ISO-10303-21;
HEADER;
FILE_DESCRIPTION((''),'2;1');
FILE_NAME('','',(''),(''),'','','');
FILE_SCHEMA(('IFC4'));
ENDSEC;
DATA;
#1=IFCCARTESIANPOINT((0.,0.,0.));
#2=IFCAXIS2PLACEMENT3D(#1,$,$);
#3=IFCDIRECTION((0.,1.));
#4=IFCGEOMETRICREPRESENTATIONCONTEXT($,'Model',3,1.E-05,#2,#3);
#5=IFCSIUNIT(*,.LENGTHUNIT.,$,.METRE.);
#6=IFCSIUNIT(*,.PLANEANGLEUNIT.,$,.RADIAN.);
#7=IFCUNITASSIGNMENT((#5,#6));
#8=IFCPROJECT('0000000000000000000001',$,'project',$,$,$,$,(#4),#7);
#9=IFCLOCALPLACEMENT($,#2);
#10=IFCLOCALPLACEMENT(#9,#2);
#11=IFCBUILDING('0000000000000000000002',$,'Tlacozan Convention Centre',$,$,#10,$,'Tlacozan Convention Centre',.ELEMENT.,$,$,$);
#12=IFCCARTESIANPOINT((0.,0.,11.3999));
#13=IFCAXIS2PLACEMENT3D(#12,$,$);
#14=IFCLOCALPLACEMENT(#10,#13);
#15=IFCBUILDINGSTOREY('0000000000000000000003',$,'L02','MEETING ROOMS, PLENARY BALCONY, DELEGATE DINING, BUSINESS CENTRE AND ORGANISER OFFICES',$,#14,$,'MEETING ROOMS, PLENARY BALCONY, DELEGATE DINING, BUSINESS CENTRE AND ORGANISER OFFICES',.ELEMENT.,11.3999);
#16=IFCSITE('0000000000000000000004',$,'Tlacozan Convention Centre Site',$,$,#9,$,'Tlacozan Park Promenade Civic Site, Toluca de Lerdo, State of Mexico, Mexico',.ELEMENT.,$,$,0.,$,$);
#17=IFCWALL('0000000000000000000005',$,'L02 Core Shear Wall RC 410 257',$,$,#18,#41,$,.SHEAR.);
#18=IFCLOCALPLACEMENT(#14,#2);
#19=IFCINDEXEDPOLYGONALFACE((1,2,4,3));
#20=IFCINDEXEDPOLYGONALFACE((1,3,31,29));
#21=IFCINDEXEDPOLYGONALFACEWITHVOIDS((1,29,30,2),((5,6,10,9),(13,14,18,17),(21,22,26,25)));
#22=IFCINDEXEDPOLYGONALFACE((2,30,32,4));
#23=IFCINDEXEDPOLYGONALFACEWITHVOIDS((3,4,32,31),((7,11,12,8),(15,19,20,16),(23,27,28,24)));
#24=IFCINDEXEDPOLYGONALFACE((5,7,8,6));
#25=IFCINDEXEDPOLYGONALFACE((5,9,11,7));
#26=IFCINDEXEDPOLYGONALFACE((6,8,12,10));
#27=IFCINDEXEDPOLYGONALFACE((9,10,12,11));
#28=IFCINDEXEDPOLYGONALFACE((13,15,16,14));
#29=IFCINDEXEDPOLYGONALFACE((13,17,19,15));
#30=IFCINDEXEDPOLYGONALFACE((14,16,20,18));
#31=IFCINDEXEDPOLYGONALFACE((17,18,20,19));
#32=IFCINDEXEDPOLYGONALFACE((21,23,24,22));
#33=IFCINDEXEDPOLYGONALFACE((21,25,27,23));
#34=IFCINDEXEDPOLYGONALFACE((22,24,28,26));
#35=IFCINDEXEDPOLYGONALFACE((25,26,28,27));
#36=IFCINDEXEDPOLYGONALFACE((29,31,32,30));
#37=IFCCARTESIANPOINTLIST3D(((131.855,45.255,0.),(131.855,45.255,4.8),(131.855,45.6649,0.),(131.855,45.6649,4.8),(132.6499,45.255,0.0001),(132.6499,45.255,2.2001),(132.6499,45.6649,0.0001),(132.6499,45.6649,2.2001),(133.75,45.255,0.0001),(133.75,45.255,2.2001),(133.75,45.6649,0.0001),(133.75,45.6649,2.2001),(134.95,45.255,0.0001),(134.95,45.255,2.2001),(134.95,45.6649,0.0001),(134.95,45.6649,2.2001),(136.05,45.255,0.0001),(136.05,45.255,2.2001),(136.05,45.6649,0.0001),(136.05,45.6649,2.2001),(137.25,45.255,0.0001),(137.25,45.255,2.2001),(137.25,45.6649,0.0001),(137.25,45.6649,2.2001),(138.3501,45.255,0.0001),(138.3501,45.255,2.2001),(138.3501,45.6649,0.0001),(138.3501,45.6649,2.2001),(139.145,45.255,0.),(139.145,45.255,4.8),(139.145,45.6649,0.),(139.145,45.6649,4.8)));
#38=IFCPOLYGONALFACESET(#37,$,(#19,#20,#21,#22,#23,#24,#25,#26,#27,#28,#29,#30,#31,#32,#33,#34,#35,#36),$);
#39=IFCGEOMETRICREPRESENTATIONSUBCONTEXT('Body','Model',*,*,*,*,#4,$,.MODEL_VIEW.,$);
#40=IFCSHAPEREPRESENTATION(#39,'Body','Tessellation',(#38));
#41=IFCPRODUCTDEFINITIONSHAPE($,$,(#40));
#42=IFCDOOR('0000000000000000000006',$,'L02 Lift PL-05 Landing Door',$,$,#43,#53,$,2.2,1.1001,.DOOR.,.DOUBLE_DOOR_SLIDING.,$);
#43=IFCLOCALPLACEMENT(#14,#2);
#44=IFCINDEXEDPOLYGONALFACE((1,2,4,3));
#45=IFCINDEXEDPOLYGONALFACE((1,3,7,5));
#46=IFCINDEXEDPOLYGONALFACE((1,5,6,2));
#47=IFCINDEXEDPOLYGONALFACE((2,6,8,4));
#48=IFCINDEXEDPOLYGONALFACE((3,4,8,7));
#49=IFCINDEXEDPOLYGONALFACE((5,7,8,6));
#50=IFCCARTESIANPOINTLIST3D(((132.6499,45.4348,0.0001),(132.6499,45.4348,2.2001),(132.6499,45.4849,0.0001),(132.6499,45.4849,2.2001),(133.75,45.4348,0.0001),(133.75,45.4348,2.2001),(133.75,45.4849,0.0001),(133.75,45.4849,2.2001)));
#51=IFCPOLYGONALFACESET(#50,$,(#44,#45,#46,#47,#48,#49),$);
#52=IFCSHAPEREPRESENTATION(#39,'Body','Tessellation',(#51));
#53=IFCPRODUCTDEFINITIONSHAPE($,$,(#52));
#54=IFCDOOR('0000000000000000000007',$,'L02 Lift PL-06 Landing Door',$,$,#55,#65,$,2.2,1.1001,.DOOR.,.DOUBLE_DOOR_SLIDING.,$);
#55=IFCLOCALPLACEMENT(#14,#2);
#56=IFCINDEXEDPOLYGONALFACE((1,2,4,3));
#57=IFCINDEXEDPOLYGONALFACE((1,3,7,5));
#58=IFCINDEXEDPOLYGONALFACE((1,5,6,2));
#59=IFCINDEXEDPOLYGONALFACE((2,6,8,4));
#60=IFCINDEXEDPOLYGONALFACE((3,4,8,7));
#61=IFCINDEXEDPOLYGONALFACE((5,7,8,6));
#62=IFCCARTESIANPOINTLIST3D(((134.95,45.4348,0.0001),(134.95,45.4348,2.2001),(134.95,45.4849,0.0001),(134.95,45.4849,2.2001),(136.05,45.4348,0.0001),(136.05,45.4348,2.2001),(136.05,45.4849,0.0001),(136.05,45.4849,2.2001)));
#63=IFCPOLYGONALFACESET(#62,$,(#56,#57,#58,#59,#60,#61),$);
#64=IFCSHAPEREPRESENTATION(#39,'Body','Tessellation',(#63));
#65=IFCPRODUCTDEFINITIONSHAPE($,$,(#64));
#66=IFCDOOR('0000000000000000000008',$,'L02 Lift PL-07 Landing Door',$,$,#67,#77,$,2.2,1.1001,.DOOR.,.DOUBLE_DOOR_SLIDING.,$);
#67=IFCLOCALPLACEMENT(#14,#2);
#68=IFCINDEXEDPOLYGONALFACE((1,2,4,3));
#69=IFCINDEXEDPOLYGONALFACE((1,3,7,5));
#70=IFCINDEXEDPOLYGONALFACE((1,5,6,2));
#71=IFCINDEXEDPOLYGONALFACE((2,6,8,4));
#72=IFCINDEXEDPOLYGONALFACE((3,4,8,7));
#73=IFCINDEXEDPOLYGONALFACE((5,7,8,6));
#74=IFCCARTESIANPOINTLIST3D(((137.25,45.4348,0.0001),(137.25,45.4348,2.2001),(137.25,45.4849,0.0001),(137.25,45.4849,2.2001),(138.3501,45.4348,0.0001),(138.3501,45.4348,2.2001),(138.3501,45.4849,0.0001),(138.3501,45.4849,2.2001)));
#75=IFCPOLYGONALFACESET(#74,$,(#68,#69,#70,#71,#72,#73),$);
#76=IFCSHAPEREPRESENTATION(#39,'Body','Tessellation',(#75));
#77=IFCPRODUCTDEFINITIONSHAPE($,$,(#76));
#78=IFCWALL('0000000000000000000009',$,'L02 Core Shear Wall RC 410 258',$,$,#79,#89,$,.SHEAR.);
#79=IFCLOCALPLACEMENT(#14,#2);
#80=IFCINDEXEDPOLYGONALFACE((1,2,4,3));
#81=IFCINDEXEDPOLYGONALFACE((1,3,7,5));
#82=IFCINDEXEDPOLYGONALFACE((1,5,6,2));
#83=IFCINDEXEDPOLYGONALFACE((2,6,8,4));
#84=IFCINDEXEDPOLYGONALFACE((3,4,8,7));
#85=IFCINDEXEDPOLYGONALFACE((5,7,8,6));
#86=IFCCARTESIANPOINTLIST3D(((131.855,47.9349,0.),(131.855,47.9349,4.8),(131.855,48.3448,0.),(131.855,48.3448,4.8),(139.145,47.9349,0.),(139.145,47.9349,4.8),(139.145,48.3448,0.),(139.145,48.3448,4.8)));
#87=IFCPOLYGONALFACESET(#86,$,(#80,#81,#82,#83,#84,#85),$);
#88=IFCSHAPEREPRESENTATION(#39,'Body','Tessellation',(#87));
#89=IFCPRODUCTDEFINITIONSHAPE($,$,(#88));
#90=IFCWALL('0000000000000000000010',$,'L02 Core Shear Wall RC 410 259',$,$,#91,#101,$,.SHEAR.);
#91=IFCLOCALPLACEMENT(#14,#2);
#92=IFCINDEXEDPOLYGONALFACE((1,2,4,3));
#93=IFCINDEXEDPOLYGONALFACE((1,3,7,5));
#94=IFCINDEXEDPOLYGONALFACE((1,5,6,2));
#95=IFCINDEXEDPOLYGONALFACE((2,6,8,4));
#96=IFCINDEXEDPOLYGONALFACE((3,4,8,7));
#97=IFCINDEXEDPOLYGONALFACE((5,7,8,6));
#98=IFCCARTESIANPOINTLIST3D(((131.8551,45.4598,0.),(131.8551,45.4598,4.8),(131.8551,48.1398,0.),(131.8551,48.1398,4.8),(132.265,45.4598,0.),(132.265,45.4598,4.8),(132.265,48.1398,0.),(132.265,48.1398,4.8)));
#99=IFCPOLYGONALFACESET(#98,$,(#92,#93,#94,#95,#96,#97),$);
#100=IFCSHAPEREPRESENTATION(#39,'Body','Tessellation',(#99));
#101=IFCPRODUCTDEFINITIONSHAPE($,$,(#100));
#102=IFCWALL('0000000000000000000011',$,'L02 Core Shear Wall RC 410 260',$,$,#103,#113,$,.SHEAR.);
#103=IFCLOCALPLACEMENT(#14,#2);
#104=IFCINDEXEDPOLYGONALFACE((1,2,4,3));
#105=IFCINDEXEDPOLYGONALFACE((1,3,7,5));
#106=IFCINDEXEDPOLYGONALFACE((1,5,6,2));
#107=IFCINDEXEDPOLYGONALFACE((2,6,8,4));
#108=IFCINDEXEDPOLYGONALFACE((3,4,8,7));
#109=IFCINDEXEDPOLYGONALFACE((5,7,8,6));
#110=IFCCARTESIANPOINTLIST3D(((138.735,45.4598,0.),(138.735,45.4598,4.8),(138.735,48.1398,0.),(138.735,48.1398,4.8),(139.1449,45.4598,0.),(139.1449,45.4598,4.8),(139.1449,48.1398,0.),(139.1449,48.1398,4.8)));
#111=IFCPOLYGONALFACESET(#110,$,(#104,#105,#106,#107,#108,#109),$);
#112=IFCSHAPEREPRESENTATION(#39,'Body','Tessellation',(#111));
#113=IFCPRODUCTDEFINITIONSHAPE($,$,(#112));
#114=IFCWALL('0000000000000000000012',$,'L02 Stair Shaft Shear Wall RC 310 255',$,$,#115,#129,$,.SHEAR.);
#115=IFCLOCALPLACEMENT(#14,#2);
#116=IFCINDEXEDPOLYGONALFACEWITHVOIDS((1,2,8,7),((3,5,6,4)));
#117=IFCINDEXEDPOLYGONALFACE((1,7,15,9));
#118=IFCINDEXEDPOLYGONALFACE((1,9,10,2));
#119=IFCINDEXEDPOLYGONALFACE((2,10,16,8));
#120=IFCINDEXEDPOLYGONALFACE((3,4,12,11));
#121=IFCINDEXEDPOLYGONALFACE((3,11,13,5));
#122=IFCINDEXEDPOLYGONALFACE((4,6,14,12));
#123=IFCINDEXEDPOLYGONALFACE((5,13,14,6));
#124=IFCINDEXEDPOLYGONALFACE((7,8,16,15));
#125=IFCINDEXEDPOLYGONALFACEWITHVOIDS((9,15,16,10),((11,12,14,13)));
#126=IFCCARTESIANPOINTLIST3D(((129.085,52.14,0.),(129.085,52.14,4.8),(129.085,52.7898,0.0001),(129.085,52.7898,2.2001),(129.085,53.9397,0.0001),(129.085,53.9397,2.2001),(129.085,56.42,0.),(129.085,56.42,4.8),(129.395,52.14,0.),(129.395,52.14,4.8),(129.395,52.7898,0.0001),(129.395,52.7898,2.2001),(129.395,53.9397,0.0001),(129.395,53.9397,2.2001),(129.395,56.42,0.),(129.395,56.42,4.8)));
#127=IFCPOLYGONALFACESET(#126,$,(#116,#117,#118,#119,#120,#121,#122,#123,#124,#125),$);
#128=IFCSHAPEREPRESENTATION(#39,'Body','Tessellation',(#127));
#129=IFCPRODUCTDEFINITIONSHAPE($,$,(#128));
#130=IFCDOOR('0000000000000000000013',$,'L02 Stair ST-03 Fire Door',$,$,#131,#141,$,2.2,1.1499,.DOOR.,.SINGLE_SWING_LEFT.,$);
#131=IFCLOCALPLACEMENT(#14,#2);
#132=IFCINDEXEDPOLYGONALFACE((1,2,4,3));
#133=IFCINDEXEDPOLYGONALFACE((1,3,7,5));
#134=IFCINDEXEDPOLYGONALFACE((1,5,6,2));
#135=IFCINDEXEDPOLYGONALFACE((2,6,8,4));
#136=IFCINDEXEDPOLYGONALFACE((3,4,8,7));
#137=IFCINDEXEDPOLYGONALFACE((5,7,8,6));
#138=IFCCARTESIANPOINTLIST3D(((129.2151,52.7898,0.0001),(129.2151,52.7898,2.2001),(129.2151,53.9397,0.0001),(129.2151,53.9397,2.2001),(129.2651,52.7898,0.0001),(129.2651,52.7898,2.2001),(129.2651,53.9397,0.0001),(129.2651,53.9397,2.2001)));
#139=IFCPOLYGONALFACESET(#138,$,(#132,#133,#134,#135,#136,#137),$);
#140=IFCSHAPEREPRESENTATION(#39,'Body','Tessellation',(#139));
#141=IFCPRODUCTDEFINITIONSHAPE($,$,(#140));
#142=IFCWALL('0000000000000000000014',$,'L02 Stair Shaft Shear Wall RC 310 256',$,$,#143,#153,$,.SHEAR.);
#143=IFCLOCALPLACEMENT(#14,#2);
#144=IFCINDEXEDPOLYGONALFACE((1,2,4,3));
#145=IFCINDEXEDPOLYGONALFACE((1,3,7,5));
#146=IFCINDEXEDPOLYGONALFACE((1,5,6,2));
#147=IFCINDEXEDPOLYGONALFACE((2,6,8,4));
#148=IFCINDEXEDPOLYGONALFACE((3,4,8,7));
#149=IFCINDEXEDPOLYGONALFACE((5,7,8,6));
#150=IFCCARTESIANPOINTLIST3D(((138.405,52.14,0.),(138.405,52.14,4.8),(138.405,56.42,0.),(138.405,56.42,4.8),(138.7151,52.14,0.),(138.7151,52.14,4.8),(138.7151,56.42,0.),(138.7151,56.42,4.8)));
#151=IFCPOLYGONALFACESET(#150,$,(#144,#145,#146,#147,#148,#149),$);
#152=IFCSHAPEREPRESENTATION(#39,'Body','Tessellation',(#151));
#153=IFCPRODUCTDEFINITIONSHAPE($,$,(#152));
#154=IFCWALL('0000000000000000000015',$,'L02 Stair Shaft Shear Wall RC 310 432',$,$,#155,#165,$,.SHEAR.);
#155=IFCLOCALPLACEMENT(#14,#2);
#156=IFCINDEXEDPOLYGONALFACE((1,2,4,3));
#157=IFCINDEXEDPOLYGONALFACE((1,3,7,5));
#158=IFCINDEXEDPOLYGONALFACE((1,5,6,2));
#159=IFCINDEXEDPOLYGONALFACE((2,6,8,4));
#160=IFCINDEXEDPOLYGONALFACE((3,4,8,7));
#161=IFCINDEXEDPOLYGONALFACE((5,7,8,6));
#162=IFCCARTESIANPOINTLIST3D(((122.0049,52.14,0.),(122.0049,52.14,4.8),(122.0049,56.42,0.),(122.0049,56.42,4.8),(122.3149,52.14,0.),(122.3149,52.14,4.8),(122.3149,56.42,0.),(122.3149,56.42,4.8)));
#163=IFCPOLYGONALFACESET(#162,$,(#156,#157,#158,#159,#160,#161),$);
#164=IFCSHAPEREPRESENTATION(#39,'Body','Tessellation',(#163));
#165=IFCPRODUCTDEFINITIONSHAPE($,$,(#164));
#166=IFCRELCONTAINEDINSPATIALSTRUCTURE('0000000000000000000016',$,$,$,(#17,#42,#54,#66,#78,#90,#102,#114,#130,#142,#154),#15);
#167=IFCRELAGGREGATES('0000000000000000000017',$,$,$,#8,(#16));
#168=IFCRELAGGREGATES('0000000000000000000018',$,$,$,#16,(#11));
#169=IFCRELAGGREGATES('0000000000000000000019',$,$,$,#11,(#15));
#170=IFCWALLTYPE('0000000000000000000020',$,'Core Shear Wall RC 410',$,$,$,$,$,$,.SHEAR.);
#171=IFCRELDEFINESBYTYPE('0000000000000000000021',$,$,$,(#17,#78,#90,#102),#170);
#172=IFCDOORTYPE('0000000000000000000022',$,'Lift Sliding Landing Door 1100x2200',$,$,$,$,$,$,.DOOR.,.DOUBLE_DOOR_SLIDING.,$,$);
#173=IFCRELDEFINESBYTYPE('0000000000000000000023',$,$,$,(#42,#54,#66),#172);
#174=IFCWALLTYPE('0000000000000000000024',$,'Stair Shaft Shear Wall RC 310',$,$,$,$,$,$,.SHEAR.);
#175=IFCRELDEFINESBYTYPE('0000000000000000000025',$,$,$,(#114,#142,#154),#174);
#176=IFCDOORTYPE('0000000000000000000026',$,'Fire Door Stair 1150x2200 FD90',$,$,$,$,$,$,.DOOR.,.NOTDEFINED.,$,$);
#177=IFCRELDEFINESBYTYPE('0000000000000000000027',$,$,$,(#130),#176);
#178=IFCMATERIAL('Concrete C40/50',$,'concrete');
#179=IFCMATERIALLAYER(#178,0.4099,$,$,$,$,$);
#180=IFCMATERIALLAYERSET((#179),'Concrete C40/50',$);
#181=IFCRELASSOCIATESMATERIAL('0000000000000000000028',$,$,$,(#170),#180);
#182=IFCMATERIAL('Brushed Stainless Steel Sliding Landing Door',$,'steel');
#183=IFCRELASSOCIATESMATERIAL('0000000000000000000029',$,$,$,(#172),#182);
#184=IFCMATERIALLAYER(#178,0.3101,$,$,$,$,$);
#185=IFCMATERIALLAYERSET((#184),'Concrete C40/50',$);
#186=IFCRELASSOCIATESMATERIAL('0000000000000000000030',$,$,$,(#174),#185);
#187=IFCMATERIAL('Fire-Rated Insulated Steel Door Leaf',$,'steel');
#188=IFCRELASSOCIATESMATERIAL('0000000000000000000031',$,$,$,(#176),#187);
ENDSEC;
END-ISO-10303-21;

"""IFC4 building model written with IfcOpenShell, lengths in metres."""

from ifc_helpers import new_model, si_unit, direction, frame, frame_2d, origin, place, context, subcontext, project, spatial, rectangle, extrude, material, layer, layer_set, type_object, element, fill, save


model = new_model("IFC4")

# Units and contexts
model_context = context("Model", 3, precision=1e-05, world=origin(), true_north=direction((0.0, 1.0)))
body_context = subcontext(model_context, "Body", "Model", "MODEL_VIEW")
ifc_project = project(units=[si_unit("LENGTHUNIT", "METRE"), si_unit("PLANEANGLEUNIT", "RADIAN")], contexts=[model_context])

# Site, building, storey
site_placement = place(None, origin())
site = spatial("IfcSite", under=ifc_project, at=site_placement, Name="Tlacozan Convention Centre Site", LongName="Tlacozan Park Promenade Civic Site, Toluca de Lerdo, State of Mexico, Mexico", CompositionType="ELEMENT", RefElevation=0.0)
building_placement = place(site_placement, origin())
building = spatial("IfcBuilding", under=site, at=building_placement, Name="Tlacozan Convention Centre", LongName="Tlacozan Convention Centre", CompositionType="ELEMENT")
storey_placement = place(building_placement, frame((0.0, 0.0, 11.3999)))
storey = spatial("IfcBuildingStorey", under=building, at=storey_placement, Name="L02", Description="MEETING ROOMS, PLENARY BALCONY, DELEGATE DINING, BUSINESS CENTRE AND ORGANISER OFFICES", LongName="MEETING ROOMS, PLENARY BALCONY, DELEGATE DINING, BUSINESS CENTRE AND ORGANISER OFFICES", CompositionType="ELEMENT", Elevation=11.3999)

# Wall, openings, doors
ifc_material_1 = material(Name="Concrete C40/50", Category="concrete")
ifc_layer_1 = layer(ifc_material_1, 0.4099)
ifc_layer_set_1 = layer_set([ifc_layer_1], Name="Concrete C40/50")
wall_type_1 = type_object("IfcWallType", Name="Core Shear Wall RC 410", PredefinedType="SHEAR", material=ifc_layer_set_1)
wall_1_placement = place(storey_placement, frame((131.855, 45.46, 0.0), z_axis=(0.0, 0.0, 1.0), x_axis=(1.0, 0.0, 0.0)))
wall_1 = element("IfcWall", 1, at=wall_1_placement, inside=storey, type_object=wall_type_1, Name="L02 Core Shear Wall RC 410 257", PredefinedType="SHEAR", context=body_context, shape_type="SweptSolid", body=[
    extrude(rectangle(XDim=7.29, YDim=0.4099, at=frame_2d((3.645, 0.0))), origin(), (0.0, 0.0, 1.0), 4.8),
])
opening_1_placement = place(wall_1_placement, frame((0.7949, 0.0, 0.0)))
opening_1 = element("IfcOpeningElement", 2, at=opening_1_placement, cuts=wall_1, PredefinedType="OPENING", context=body_context, shape_type="SweptSolid", body=[
    extrude(rectangle(XDim=1.1001, YDim=2.2, at=frame_2d((0.55, 1.1001))), frame((0.0, 0.2148, 0.0), z_axis=(0.0, -1.0, 0.0), x_axis=(1.0, 0.0, 0.0)), (0.0, 0.0, 1.0), 0.4299),
])
opening_2_placement = place(wall_1_placement, frame((3.095, 0.0, 0.0)))
opening_2 = element("IfcOpeningElement", 3, at=opening_2_placement, cuts=wall_1, PredefinedType="OPENING", context=body_context, shape_type="SweptSolid", body=[
    extrude(rectangle(XDim=1.1001, YDim=2.2, at=frame_2d((0.55, 1.1001))), frame((0.0, 0.2148, 0.0), z_axis=(0.0, -1.0, 0.0), x_axis=(1.0, 0.0, 0.0)), (0.0, 0.0, 1.0), 0.4299),
])
opening_3_placement = place(wall_1_placement, frame((5.395, 0.0, 0.0)))
opening_3 = element("IfcOpeningElement", 4, at=opening_3_placement, cuts=wall_1, PredefinedType="OPENING", context=body_context, shape_type="SweptSolid", body=[
    extrude(rectangle(XDim=1.1001, YDim=2.2, at=frame_2d((0.55, 1.1001))), frame((0.0, 0.2148, 0.0), z_axis=(0.0, -1.0, 0.0), x_axis=(1.0, 0.0, 0.0)), (0.0, 0.0, 1.0), 0.4299),
])
ifc_material_2 = material(Name="Brushed Stainless Steel Sliding Landing Door", Category="steel")
door_type_1 = type_object("IfcDoorType", Name="Lift Sliding Landing Door 1100x2200", OperationType="DOUBLE_DOOR_SLIDING", PredefinedType="DOOR", material=ifc_material_2)
door_1_placement = place(opening_1_placement, origin())
door_1 = element("IfcDoor", 5, at=door_1_placement, inside=storey, type_object=door_type_1, Name="L02 Lift PL-05 Landing Door", OperationType="DOUBLE_DOOR_SLIDING", OverallHeight=2.2, OverallWidth=1.1001, PredefinedType="DOOR", context=body_context, shape_type="SweptSolid", body=[
    extrude(rectangle(XDim=1.1001, YDim=2.2, at=frame_2d((0.55, 1.1001))), frame((0.0, 0.0249, 0.0), z_axis=(0.0, -1.0, 0.0), x_axis=(1.0, 0.0, 0.0)), (0.0, 0.0, 1.0), 0.05),
])
fill(opening_1, door_1)
door_2_placement = place(opening_2_placement, origin())
door_2 = element("IfcDoor", 6, at=door_2_placement, inside=storey, type_object=door_type_1, Name="L02 Lift PL-06 Landing Door", OperationType="DOUBLE_DOOR_SLIDING", OverallHeight=2.2, OverallWidth=1.1001, PredefinedType="DOOR", context=body_context, shape_type="SweptSolid", body=[
    extrude(rectangle(XDim=1.1001, YDim=2.2, at=frame_2d((0.55, 1.1001))), frame((0.0, 0.0249, 0.0), z_axis=(0.0, -1.0, 0.0), x_axis=(1.0, 0.0, 0.0)), (0.0, 0.0, 1.0), 0.05),
])
fill(opening_2, door_2)
door_3_placement = place(opening_3_placement, origin())
door_3 = element("IfcDoor", 7, at=door_3_placement, inside=storey, type_object=door_type_1, Name="L02 Lift PL-07 Landing Door", OperationType="DOUBLE_DOOR_SLIDING", OverallHeight=2.2, OverallWidth=1.1001, PredefinedType="DOOR", context=body_context, shape_type="SweptSolid", body=[
    extrude(rectangle(XDim=1.1001, YDim=2.2, at=frame_2d((0.55, 1.1001))), frame((0.0, 0.0249, 0.0), z_axis=(0.0, -1.0, 0.0), x_axis=(1.0, 0.0, 0.0)), (0.0, 0.0, 1.0), 0.05),
])
fill(opening_3, door_3)

# Walls
wall_2_placement = place(storey_placement, frame((131.855, 48.1399, 0.0), z_axis=(0.0, 0.0, 1.0), x_axis=(1.0, 0.0, 0.0)))
element("IfcWall", 8, at=wall_2_placement, inside=storey, type_object=wall_type_1, Name="L02 Core Shear Wall RC 410 258", PredefinedType="SHEAR", context=body_context, shape_type="SweptSolid", body=[
    extrude(rectangle(XDim=7.29, YDim=0.4099, at=frame_2d((3.645, 0.0))), origin(), (0.0, 0.0, 1.0), 4.8),
])
for number, where, z_axis, x_axis, name in (
    (9, (132.0601, 45.46, 0.0), (0.0, 0.0, 1.0), (0.0, 1.0, 0.0), "L02 Core Shear Wall RC 410 259"),
    (10, (138.9399, 45.46, 0.0), (0.0, 0.0, 1.0), (0.0, 1.0, 0.0), "L02 Core Shear Wall RC 410 260"),
):
    element("IfcWall", number, at=place(storey_placement, frame(where, z_axis=z_axis, x_axis=x_axis)), inside=storey, type_object=wall_type_1, Name=name, PredefinedType="SHEAR", context=body_context, shape_type="SweptSolid", body=[
        extrude(rectangle(XDim=2.6799, YDim=0.4099, at=frame_2d((1.3398, 0.0))), origin(), (0.0, 0.0, 1.0), 4.8),
    ])
ifc_layer_2 = layer(ifc_material_1, 0.3101)
ifc_layer_set_2 = layer_set([ifc_layer_2], Name="Concrete C40/50")
wall_type_2 = type_object("IfcWallType", Name="Stair Shaft Shear Wall RC 310", PredefinedType="SHEAR", material=ifc_layer_set_2)

# Wall, opening, door
wall_3_placement = place(storey_placement, frame((129.24, 52.1399, 0.0), z_axis=(0.0, 0.0, 1.0), x_axis=(0.0, 1.0, 0.0)))
wall_3 = element("IfcWall", 11, at=wall_3_placement, inside=storey, type_object=wall_type_2, Name="L02 Stair Shaft Shear Wall RC 310 255", PredefinedType="SHEAR", context=body_context, shape_type="SweptSolid", body=[
    extrude(rectangle(XDim=4.28, YDim=0.3101, at=frame_2d((2.1401, 0.0))), origin(), (0.0, 0.0, 1.0), 4.8),
])
opening_4_placement = place(wall_3_placement, frame((0.6499, 0.0, 0.0)))
opening_4 = element("IfcOpeningElement", 12, at=opening_4_placement, cuts=wall_3, PredefinedType="OPENING", context=body_context, shape_type="SweptSolid", body=[
    extrude(rectangle(XDim=1.1499, YDim=2.2, at=frame_2d((0.575, 1.1001))), frame((0.0, 0.165, 0.0), z_axis=(0.0, -1.0, 0.0), x_axis=(1.0, 0.0, 0.0)), (0.0, 0.0, 1.0), 0.3301),
])
ifc_material_3 = material(Name="Fire-Rated Insulated Steel Door Leaf", Category="steel")
door_type_2 = type_object("IfcDoorType", Name="Fire Door Stair 1150x2200 FD90", OperationType="NOTDEFINED", PredefinedType="DOOR", material=ifc_material_3)
door_4_placement = place(opening_4_placement, origin())
door_4 = element("IfcDoor", 13, at=door_4_placement, inside=storey, type_object=door_type_2, Name="L02 Stair ST-03 Fire Door", OperationType="SINGLE_SWING_LEFT", OverallHeight=2.2, OverallWidth=1.1499, PredefinedType="DOOR", context=body_context, shape_type="SweptSolid", body=[
    extrude(rectangle(XDim=1.1499, YDim=2.2, at=frame_2d((0.575, 1.1001))), frame((0.0, 0.0249, 0.0), z_axis=(0.0, -1.0, 0.0), x_axis=(1.0, 0.0, 0.0)), (0.0, 0.0, 1.0), 0.05),
])
fill(opening_4, door_4)

# Walls
for number, where, z_axis, x_axis, name in (
    (14, (138.5601, 52.1399, 0.0), (0.0, 0.0, 1.0), (0.0, 1.0, 0.0), "L02 Stair Shaft Shear Wall RC 310 256"),
    (15, (122.1599, 52.1399, 0.0), (0.0, 0.0, 1.0), (0.0, 1.0, 0.0), "L02 Stair Shaft Shear Wall RC 310 432"),
):
    element("IfcWall", number, at=place(storey_placement, frame(where, z_axis=z_axis, x_axis=x_axis)), inside=storey, type_object=wall_type_2, Name=name, PredefinedType="SHEAR", context=body_context, shape_type="SweptSolid", body=[
        extrude(rectangle(XDim=4.28, YDim=0.3101, at=frame_2d((2.1401, 0.0))), origin(), (0.0, 0.0, 1.0), 4.8),
    ])

save(model, "model.ifc")
